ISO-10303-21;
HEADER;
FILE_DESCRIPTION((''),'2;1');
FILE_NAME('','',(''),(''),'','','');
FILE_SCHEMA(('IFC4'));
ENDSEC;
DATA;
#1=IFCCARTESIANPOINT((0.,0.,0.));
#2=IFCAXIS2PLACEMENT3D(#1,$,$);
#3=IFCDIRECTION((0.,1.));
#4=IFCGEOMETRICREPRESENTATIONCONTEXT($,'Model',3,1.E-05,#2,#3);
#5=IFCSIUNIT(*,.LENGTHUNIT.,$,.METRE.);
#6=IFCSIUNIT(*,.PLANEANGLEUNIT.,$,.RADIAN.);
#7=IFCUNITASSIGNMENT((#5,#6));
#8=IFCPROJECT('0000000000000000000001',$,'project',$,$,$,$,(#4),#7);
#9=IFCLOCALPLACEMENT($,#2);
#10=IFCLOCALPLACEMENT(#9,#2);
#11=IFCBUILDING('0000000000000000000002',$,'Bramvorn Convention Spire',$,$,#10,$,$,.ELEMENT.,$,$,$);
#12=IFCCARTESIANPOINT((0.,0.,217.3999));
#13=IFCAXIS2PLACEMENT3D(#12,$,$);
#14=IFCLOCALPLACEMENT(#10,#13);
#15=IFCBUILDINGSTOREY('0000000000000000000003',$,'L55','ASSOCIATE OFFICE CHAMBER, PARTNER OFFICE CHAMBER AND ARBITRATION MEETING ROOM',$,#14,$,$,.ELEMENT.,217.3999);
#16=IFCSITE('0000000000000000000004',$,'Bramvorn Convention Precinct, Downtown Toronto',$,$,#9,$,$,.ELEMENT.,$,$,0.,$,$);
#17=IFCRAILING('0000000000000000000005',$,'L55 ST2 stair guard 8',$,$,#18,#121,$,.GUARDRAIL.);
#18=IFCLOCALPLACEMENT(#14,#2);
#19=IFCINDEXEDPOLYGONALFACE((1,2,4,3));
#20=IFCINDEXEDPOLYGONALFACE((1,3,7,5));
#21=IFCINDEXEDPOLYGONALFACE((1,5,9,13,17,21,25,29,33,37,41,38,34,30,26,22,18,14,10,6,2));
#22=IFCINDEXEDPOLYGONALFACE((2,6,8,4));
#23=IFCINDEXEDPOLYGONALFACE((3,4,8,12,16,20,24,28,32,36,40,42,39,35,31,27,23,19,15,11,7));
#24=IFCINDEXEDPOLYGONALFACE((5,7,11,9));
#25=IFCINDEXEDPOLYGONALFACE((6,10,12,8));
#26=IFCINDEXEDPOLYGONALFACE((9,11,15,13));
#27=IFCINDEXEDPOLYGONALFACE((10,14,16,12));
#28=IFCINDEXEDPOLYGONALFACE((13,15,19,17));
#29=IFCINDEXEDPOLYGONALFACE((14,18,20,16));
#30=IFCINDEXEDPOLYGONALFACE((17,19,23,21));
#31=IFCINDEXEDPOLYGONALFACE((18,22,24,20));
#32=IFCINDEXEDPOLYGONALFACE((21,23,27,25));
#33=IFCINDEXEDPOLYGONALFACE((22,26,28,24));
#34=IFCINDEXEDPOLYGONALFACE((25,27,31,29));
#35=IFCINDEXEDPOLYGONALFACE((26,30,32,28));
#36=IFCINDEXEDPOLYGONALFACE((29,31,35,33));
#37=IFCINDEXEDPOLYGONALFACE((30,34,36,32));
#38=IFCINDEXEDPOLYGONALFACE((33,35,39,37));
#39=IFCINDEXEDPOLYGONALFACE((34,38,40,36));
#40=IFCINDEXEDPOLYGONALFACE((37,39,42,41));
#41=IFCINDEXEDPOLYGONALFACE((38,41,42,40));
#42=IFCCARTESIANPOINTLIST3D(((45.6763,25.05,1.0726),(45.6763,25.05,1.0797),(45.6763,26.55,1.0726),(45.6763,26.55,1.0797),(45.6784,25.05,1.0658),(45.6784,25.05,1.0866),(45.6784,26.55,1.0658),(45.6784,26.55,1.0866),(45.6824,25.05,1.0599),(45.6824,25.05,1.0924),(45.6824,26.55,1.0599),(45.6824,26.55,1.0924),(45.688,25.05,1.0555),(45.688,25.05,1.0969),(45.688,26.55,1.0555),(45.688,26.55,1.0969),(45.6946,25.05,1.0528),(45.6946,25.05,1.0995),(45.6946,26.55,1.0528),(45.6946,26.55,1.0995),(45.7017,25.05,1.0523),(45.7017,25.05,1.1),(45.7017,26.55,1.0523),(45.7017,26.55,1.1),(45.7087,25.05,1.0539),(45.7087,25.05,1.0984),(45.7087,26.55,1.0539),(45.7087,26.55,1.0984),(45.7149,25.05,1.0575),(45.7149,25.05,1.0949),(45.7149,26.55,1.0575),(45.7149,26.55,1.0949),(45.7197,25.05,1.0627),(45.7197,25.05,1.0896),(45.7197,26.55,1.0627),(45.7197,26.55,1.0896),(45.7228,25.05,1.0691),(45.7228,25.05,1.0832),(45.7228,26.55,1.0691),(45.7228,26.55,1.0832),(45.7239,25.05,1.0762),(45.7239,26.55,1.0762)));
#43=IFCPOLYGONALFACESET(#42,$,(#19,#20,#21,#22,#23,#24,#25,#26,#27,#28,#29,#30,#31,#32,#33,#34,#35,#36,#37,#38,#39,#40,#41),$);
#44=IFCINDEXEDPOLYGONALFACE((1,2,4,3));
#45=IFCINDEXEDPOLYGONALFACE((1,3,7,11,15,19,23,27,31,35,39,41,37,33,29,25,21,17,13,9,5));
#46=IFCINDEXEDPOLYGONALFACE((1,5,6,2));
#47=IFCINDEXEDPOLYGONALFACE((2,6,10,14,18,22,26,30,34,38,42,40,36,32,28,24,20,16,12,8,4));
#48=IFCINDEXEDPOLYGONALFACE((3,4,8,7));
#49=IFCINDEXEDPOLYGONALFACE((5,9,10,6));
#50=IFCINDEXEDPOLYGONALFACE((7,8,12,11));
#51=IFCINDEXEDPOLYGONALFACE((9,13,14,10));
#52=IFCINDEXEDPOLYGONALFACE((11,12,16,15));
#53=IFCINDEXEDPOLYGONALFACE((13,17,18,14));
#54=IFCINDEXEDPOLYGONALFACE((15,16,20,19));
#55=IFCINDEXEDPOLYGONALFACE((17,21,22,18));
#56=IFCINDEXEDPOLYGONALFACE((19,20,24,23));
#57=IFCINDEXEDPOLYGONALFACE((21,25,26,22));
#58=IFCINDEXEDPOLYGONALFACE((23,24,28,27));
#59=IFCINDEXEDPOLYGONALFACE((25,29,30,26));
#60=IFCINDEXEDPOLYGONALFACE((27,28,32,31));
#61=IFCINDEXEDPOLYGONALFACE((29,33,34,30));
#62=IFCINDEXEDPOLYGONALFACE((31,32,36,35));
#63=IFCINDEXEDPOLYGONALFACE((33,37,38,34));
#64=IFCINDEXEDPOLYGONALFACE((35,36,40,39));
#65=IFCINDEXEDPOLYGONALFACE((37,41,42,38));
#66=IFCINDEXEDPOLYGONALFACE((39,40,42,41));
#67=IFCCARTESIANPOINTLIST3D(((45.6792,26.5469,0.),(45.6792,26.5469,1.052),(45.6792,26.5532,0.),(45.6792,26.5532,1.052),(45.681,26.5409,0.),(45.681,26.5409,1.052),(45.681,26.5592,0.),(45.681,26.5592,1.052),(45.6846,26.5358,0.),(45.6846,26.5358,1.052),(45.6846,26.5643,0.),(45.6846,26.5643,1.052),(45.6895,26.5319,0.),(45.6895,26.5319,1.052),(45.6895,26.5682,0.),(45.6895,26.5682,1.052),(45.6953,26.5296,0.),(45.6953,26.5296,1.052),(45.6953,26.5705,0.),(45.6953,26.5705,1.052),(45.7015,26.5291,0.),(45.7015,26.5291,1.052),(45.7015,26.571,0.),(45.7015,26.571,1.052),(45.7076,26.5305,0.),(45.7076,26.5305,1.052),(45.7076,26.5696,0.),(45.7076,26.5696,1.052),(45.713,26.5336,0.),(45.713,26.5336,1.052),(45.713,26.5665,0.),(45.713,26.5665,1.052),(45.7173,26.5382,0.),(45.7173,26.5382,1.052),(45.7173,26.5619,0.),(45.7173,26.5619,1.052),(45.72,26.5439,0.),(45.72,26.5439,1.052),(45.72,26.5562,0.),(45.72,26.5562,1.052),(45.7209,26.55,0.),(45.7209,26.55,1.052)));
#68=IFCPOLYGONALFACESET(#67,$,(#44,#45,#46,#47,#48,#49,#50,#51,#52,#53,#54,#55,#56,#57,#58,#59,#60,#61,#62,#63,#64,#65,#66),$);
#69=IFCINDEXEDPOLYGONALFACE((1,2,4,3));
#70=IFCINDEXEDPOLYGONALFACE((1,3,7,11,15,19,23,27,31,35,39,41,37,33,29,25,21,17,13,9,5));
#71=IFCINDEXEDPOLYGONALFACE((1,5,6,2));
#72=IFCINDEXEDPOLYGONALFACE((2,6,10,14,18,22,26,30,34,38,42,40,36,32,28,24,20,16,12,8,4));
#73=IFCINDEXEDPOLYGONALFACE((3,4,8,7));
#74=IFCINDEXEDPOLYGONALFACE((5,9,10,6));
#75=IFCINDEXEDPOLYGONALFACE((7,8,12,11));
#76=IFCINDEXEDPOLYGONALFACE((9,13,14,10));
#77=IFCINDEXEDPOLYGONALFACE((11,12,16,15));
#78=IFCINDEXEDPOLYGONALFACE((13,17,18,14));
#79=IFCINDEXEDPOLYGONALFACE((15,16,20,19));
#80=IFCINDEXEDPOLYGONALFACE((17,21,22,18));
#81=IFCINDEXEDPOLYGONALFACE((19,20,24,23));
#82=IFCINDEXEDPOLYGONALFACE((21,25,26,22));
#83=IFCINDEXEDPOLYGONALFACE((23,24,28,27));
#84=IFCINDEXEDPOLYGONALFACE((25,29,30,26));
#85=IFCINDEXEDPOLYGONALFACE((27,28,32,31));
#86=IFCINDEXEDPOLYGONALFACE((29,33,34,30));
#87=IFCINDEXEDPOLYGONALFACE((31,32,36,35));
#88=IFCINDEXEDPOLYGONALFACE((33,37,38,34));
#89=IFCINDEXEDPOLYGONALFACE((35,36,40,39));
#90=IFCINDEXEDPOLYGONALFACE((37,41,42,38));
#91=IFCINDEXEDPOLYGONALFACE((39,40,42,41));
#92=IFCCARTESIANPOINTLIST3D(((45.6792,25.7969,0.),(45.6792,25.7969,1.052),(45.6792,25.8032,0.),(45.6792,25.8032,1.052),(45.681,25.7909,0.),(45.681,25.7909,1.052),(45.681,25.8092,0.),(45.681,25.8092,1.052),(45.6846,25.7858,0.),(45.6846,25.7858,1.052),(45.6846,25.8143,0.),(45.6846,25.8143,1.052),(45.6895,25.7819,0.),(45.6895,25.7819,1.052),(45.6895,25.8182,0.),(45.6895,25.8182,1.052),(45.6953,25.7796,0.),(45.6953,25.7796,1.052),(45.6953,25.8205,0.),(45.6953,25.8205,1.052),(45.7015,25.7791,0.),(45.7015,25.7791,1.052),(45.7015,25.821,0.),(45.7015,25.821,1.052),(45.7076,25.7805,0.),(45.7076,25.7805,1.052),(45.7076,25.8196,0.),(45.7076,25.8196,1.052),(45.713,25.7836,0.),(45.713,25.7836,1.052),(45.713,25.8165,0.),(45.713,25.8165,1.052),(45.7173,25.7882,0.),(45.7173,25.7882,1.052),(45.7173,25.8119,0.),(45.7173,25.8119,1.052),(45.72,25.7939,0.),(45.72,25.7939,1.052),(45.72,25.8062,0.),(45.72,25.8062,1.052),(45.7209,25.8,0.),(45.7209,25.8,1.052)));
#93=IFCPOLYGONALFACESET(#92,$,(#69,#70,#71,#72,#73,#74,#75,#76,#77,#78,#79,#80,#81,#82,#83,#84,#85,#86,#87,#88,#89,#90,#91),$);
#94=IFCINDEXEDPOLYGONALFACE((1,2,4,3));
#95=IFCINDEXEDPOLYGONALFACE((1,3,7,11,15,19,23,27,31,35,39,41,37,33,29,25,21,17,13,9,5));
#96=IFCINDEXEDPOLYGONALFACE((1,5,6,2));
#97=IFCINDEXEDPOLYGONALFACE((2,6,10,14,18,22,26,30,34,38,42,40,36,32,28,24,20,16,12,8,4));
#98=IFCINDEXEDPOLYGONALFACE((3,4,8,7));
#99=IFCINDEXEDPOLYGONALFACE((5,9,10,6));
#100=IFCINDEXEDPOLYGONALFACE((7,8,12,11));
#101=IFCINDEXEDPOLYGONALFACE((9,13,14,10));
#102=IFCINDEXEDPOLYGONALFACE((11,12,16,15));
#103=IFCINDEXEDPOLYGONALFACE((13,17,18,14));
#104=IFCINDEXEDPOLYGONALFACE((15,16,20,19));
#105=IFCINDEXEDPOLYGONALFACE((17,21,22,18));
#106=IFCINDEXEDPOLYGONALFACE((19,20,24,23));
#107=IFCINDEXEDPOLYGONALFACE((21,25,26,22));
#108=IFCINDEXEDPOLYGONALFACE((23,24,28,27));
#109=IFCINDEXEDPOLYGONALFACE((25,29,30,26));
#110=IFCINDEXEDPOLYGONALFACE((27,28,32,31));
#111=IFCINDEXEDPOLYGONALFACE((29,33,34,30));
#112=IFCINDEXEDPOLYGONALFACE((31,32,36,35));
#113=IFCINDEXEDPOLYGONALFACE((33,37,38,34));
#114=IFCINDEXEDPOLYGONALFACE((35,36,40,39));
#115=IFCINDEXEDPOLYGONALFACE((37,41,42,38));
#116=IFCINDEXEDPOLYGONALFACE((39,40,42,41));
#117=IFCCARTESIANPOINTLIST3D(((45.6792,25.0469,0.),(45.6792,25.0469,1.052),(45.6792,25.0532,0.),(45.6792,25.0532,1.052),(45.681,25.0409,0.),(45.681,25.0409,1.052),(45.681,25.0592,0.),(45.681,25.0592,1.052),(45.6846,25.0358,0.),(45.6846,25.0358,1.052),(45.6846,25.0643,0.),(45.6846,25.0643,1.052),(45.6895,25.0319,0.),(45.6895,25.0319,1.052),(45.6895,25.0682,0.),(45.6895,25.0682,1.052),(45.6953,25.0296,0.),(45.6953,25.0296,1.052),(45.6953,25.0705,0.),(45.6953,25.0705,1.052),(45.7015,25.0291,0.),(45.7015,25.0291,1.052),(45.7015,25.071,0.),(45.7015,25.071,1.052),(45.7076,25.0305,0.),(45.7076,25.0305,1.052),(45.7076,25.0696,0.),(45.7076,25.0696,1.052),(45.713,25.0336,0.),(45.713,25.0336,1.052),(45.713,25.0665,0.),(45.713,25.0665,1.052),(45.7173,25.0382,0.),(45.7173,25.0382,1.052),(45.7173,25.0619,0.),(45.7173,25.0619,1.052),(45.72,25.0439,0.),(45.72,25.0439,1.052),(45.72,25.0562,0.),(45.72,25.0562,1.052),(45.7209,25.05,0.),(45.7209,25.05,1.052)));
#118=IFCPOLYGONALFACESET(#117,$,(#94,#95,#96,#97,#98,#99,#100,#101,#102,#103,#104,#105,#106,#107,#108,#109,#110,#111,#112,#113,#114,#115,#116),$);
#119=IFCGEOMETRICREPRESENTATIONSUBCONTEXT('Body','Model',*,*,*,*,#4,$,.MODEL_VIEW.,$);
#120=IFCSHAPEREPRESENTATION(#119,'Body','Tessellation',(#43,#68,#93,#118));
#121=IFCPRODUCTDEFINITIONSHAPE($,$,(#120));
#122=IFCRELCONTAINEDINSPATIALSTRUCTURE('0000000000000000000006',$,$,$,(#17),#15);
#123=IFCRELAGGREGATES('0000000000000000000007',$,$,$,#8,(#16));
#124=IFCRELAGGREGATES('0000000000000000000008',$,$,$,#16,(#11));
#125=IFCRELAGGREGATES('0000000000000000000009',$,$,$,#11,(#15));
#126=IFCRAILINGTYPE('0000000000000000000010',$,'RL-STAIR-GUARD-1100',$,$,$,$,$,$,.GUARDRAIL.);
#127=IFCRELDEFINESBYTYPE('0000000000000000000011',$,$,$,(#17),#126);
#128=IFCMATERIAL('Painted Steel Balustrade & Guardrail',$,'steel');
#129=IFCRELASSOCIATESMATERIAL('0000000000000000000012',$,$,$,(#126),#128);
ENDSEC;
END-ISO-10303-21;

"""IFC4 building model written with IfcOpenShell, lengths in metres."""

from ifc_helpers import new_model, si_unit, direction, frame, origin, origin_2d, place, context, subcontext, project, spatial, circle, extrude, material, type_object, element, save


model = new_model("IFC4")

# Units and contexts
model_context = context("Model", 3, precision=1e-05, world=origin(), true_north=direction((0.0, 1.0)))
body_context = subcontext(model_context, "Body", "Model", "MODEL_VIEW")
ifc_project = project(units=[si_unit("LENGTHUNIT", "METRE"), si_unit("PLANEANGLEUNIT", "RADIAN")], contexts=[model_context])

# Site, building, storey
site_placement = place(None, origin())
site = spatial("IfcSite", under=ifc_project, at=site_placement, Name="Bramvorn Convention Precinct, Downtown Toronto", CompositionType="ELEMENT", RefElevation=0.0)
building_placement = place(site_placement, origin())
building = spatial("IfcBuilding", under=site, at=building_placement, Name="Bramvorn Convention Spire", CompositionType="ELEMENT")
storey_placement = place(building_placement, frame((0.0, 0.0, 217.3999)))
storey = spatial("IfcBuildingStorey", under=building, at=storey_placement, Name="L55", Description="ASSOCIATE OFFICE CHAMBER, PARTNER OFFICE CHAMBER AND ARBITRATION MEETING ROOM", CompositionType="ELEMENT", Elevation=217.3999)

# Railing
ifc_material_1 = material(Name="Painted Steel Balustrade & Guardrail", Category="steel")
railing_type_1 = type_object("IfcRailingType", Name="RL-STAIR-GUARD-1100", PredefinedType="GUARDRAIL", material=ifc_material_1)
railing_1_placement = place(storey_placement, frame((45.7, 26.55, 0.0)))
element("IfcRailing", 1, at=railing_1_placement, inside=storey, type_object=railing_type_1, Name="L55 ST2 stair guard 8", PredefinedType="GUARDRAIL", context=body_context, shape_type="SweptSolid", body=[
    extrude(circle(Radius=0.0239, at=origin_2d()), frame((0.0, 0.0, 1.0762), z_axis=(0.0, -1.0, 0.0), x_axis=(1.0, 0.0, 0.0)), (0.0, 0.0, 1.0), 1.5),
    extrude(circle(Radius=0.021, at=origin_2d()), origin(), (0.0, 0.0, 1.0), 1.052),
    extrude(circle(Radius=0.021, at=origin_2d()), frame((0.0, -0.75, 0.0)), (0.0, 0.0, 1.0), 1.052),
    extrude(circle(Radius=0.021, at=origin_2d()), frame((0.0, -1.5, 0.0)), (0.0, 0.0, 1.0), 1.052),
])

save(model, "model.ifc")
